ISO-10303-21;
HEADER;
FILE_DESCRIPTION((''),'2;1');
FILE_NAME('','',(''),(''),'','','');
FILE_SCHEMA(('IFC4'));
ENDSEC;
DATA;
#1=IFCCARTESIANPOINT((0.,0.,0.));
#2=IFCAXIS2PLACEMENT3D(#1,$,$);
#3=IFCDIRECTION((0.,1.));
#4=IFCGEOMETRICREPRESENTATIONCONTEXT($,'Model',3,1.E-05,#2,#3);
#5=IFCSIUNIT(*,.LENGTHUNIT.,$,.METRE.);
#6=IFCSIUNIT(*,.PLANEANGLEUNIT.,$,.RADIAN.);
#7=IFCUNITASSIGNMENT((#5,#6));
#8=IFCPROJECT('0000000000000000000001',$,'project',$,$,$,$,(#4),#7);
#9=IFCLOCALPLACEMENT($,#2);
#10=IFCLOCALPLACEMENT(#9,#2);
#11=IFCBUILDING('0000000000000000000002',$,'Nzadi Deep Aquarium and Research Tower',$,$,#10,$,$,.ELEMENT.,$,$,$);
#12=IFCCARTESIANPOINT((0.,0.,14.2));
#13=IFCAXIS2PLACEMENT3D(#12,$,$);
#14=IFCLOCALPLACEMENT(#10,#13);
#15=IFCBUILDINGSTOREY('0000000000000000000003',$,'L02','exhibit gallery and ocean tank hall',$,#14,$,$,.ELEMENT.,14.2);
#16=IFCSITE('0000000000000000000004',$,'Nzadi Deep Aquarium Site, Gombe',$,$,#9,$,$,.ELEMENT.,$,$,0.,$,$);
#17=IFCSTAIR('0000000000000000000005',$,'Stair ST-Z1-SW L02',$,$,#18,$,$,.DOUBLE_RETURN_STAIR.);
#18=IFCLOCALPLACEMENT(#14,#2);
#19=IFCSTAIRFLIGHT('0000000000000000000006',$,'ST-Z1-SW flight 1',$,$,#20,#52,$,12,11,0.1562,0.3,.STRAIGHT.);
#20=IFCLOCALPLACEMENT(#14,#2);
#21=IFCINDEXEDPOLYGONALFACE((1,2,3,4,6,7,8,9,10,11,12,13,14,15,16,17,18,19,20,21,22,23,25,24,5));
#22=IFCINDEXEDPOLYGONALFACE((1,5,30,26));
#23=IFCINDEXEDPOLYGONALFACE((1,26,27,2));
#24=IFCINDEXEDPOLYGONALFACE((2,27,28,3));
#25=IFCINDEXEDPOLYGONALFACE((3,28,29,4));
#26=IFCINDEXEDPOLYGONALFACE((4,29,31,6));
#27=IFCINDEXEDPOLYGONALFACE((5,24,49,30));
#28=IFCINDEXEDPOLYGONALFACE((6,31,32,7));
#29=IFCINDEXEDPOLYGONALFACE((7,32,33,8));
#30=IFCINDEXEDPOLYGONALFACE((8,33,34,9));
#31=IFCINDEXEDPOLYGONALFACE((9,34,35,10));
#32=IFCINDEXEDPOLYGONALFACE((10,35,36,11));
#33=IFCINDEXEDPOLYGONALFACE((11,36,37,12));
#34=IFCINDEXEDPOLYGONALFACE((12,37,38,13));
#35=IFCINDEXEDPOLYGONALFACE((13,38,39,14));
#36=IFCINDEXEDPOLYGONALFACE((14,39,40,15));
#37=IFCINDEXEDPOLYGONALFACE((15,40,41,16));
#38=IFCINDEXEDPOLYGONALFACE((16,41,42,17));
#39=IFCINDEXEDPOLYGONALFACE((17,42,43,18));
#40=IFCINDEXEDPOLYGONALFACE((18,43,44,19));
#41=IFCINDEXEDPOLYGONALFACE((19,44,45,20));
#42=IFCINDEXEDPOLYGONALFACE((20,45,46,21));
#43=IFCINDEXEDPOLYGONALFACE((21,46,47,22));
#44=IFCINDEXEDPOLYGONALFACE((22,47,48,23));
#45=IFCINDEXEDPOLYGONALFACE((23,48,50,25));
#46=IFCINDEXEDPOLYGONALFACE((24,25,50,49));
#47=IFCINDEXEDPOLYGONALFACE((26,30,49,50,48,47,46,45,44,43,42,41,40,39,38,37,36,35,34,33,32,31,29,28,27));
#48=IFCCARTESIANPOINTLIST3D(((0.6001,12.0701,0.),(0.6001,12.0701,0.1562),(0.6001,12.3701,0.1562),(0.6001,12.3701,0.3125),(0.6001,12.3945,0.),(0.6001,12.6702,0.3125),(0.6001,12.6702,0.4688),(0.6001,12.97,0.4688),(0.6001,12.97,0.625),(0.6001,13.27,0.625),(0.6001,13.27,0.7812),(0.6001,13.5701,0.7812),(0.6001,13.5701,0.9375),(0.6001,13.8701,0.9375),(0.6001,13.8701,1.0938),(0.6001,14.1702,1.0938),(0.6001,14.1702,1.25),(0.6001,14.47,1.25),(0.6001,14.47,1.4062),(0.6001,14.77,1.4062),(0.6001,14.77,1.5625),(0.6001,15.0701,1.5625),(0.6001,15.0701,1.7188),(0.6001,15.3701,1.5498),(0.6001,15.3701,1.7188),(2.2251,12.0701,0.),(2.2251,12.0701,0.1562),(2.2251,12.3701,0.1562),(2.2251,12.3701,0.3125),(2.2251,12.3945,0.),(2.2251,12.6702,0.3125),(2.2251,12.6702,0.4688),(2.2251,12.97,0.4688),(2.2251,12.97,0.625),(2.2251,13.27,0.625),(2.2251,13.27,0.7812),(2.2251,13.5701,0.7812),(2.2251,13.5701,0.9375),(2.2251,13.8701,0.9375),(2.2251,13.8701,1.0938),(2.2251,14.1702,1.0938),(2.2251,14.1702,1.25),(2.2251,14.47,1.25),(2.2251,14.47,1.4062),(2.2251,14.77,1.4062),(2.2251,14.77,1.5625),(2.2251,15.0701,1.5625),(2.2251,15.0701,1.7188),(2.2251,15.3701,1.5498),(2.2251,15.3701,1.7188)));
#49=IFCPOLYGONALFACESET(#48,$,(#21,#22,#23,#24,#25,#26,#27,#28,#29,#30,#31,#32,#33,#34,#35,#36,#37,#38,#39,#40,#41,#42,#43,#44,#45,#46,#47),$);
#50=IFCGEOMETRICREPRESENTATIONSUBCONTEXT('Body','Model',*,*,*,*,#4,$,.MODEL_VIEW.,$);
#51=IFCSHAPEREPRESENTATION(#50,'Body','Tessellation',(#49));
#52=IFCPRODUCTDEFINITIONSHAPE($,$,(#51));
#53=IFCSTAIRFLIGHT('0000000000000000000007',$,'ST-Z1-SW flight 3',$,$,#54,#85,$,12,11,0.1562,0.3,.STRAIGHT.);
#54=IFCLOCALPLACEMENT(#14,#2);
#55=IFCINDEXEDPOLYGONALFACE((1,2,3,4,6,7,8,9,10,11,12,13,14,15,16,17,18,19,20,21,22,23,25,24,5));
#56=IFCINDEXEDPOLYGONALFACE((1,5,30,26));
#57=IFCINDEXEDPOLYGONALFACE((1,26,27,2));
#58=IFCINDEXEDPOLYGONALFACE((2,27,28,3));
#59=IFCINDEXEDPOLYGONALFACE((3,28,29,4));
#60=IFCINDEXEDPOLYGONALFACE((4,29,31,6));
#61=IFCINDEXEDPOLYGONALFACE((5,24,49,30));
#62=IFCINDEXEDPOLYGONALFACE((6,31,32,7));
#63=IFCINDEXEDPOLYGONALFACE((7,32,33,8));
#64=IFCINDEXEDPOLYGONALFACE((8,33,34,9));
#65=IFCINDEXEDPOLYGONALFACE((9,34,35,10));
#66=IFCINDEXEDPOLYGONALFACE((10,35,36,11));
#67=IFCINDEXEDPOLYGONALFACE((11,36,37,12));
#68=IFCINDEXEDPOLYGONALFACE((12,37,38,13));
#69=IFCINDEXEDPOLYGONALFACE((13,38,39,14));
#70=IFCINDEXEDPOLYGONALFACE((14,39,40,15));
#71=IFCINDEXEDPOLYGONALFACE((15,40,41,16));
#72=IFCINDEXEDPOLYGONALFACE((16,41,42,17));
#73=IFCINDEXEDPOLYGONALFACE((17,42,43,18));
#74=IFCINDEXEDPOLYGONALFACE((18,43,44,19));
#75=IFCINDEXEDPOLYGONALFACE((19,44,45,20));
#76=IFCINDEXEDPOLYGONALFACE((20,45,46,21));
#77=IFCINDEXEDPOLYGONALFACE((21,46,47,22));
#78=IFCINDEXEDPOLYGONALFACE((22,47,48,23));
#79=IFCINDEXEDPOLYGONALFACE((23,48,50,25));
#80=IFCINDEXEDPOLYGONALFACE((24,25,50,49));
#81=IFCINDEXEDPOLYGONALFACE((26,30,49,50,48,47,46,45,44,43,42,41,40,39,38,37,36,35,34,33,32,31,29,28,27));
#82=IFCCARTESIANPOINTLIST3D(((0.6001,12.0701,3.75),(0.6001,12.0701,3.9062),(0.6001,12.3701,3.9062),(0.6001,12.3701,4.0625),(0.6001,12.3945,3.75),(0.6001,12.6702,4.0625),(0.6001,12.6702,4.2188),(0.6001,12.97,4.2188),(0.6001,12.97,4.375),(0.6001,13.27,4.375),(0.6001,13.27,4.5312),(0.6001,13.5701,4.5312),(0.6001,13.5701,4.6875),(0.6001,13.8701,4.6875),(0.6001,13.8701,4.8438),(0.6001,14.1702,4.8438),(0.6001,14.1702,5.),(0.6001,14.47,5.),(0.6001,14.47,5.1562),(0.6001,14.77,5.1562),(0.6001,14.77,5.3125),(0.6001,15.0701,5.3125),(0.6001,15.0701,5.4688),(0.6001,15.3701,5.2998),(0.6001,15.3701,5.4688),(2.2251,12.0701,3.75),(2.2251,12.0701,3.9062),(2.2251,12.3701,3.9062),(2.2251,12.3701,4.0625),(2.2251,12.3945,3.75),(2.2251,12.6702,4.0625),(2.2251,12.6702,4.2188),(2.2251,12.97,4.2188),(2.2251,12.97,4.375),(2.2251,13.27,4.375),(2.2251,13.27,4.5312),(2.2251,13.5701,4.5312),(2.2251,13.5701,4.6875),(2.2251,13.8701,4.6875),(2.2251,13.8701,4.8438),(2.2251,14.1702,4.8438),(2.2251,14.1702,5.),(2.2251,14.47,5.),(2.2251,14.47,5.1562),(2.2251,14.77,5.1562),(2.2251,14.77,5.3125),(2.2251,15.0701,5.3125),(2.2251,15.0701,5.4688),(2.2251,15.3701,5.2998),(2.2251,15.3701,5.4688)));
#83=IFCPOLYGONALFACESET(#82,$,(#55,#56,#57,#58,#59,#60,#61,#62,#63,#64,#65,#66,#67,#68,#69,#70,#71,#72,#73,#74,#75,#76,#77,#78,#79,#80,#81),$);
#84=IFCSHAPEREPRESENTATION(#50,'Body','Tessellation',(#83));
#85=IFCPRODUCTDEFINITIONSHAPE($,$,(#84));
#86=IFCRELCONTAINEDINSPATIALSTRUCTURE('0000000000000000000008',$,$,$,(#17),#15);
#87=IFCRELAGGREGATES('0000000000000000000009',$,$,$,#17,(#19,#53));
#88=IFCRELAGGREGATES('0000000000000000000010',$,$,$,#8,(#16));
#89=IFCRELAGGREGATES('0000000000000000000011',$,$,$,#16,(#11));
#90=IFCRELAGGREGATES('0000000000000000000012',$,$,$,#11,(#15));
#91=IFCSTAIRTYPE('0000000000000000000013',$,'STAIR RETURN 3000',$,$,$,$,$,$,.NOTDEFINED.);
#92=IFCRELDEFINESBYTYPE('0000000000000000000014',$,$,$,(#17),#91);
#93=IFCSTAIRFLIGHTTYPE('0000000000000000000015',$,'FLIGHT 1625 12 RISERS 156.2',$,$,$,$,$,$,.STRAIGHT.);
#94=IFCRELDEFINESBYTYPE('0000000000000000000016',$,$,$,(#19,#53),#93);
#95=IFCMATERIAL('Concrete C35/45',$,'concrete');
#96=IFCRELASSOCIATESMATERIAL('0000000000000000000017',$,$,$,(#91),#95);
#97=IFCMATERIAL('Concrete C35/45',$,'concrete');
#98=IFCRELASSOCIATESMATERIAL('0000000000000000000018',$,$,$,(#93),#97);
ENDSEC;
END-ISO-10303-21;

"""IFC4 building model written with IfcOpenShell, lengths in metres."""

from ifc_helpers import new_model, si_unit, direction, frame, origin, place, context, subcontext, project, spatial, polyline, outline, extrude, material, type_object, element, aggregate, save


model = new_model("IFC4")

# Units and contexts
model_context = context("Model", 3, precision=1e-05, world=origin(), true_north=direction((0.0, 1.0)))
body_context = subcontext(model_context, "Body", "Model", "MODEL_VIEW")
ifc_project = project(units=[si_unit("LENGTHUNIT", "METRE"), si_unit("PLANEANGLEUNIT", "RADIAN")], contexts=[model_context])

# Site, building, storey
site_placement = place(None, origin())
site = spatial("IfcSite", under=ifc_project, at=site_placement, Name="Nzadi Deep Aquarium Site, Gombe", CompositionType="ELEMENT", RefElevation=0.0)
building_placement = place(site_placement, origin())
building = spatial("IfcBuilding", under=site, at=building_placement, Name="Nzadi Deep Aquarium and Research Tower", CompositionType="ELEMENT")
storey_placement = place(building_placement, frame((0.0, 0.0, 14.2)))
storey = spatial("IfcBuildingStorey", under=building, at=storey_placement, Name="L02", Description="exhibit gallery and ocean tank hall", CompositionType="ELEMENT", Elevation=14.2)

# Stair, stair flights
ifc_material_1 = material(Name="Concrete C35/45", Category="concrete")
stair_type = type_object("IfcStairType", Name="STAIR RETURN 3000", PredefinedType="NOTDEFINED", material=ifc_material_1)
stair_placement = place(storey_placement, origin())
stair = element("IfcStair", 1, at=stair_placement, inside=storey, type_object=stair_type, Name="Stair ST-Z1-SW L02", PredefinedType="DOUBLE_RETURN_STAIR")
ifc_material_2 = material(Name="Concrete C35/45", Category="concrete")
stair_flight_type = type_object("IfcStairFlightType", Name="FLIGHT 1625 12 RISERS 156.2", PredefinedType="STRAIGHT", material=ifc_material_2)
stair_flight_1_placement = place(storey_placement, frame((1.4126, 12.0701, 0.0), z_axis=(0.0, 0.0, 1.0), x_axis=(0.0, 1.0, 0.0)))
stair_flight_1 = element("IfcStairFlight", 2, at=stair_flight_1_placement, type_object=stair_flight_type, Name="ST-Z1-SW flight 1", NumberOfRisers=12, NumberOfTreads=11, PredefinedType="STRAIGHT", RiserHeight=0.1562, TreadLength=0.3, context=body_context, shape_type="SweptSolid", body=[
    extrude(outline(polyline([(0.0, 0.0), (0.0, 0.1562), (0.3, 0.1562), (0.3, 0.3125), (0.6001, 0.3125), (0.6001, 0.4688), (0.8999, 0.4688), (0.8999, 0.625), (1.2, 0.625), (1.2, 0.7812), (1.5, 0.7812), (1.5, 0.9375), (1.8, 0.9375), (1.8, 1.0938), (2.1001, 1.0938), (2.1001, 1.25), (2.3999, 1.25), (2.3999, 1.4062), (2.7, 1.4062), (2.7, 1.5625), (3.0, 1.5625), (3.0, 1.7188), (3.3, 1.7188), (3.3, 1.875), (3.3, 1.5498), (0.3245, 0.0), (0.0, 0.0)])), frame((0.0, 0.8125, 0.0), z_axis=(0.0, -1.0, 0.0), x_axis=(1.0, 0.0, 0.0)), (0.0, 0.0, 1.0), 1.625),
])
stair_flight_2_placement = place(storey_placement, frame((1.4126, 12.0701, 3.75), z_axis=(0.0, 0.0, 1.0), x_axis=(0.0, 1.0, 0.0)))
stair_flight_2 = element("IfcStairFlight", 3, at=stair_flight_2_placement, type_object=stair_flight_type, Name="ST-Z1-SW flight 3", NumberOfRisers=12, NumberOfTreads=11, PredefinedType="STRAIGHT", RiserHeight=0.1562, TreadLength=0.3, context=body_context, shape_type="SweptSolid", body=[
    extrude(outline(polyline([(0.0, 0.0), (0.0, 0.1562), (0.3, 0.1562), (0.3, 0.3125), (0.6001, 0.3125), (0.6001, 0.4688), (0.8999, 0.4688), (0.8999, 0.625), (1.2, 0.625), (1.2, 0.7812), (1.5, 0.7812), (1.5, 0.9375), (1.8, 0.9375), (1.8, 1.0938), (2.1001, 1.0938), (2.1001, 1.25), (2.3999, 1.25), (2.3999, 1.4062), (2.7, 1.4062), (2.7, 1.5625), (3.0, 1.5625), (3.0, 1.7188), (3.3, 1.7188), (3.3, 1.875), (3.3, 1.5498), (0.3245, 0.0), (0.0, 0.0)])), frame((0.0, 0.8125, 0.0), z_axis=(0.0, -1.0, 0.0), x_axis=(1.0, 0.0, 0.0)), (0.0, 0.0, 1.0), 1.625),
])
aggregate(stair, [stair_flight_1, stair_flight_2])

save(model, "model.ifc")
